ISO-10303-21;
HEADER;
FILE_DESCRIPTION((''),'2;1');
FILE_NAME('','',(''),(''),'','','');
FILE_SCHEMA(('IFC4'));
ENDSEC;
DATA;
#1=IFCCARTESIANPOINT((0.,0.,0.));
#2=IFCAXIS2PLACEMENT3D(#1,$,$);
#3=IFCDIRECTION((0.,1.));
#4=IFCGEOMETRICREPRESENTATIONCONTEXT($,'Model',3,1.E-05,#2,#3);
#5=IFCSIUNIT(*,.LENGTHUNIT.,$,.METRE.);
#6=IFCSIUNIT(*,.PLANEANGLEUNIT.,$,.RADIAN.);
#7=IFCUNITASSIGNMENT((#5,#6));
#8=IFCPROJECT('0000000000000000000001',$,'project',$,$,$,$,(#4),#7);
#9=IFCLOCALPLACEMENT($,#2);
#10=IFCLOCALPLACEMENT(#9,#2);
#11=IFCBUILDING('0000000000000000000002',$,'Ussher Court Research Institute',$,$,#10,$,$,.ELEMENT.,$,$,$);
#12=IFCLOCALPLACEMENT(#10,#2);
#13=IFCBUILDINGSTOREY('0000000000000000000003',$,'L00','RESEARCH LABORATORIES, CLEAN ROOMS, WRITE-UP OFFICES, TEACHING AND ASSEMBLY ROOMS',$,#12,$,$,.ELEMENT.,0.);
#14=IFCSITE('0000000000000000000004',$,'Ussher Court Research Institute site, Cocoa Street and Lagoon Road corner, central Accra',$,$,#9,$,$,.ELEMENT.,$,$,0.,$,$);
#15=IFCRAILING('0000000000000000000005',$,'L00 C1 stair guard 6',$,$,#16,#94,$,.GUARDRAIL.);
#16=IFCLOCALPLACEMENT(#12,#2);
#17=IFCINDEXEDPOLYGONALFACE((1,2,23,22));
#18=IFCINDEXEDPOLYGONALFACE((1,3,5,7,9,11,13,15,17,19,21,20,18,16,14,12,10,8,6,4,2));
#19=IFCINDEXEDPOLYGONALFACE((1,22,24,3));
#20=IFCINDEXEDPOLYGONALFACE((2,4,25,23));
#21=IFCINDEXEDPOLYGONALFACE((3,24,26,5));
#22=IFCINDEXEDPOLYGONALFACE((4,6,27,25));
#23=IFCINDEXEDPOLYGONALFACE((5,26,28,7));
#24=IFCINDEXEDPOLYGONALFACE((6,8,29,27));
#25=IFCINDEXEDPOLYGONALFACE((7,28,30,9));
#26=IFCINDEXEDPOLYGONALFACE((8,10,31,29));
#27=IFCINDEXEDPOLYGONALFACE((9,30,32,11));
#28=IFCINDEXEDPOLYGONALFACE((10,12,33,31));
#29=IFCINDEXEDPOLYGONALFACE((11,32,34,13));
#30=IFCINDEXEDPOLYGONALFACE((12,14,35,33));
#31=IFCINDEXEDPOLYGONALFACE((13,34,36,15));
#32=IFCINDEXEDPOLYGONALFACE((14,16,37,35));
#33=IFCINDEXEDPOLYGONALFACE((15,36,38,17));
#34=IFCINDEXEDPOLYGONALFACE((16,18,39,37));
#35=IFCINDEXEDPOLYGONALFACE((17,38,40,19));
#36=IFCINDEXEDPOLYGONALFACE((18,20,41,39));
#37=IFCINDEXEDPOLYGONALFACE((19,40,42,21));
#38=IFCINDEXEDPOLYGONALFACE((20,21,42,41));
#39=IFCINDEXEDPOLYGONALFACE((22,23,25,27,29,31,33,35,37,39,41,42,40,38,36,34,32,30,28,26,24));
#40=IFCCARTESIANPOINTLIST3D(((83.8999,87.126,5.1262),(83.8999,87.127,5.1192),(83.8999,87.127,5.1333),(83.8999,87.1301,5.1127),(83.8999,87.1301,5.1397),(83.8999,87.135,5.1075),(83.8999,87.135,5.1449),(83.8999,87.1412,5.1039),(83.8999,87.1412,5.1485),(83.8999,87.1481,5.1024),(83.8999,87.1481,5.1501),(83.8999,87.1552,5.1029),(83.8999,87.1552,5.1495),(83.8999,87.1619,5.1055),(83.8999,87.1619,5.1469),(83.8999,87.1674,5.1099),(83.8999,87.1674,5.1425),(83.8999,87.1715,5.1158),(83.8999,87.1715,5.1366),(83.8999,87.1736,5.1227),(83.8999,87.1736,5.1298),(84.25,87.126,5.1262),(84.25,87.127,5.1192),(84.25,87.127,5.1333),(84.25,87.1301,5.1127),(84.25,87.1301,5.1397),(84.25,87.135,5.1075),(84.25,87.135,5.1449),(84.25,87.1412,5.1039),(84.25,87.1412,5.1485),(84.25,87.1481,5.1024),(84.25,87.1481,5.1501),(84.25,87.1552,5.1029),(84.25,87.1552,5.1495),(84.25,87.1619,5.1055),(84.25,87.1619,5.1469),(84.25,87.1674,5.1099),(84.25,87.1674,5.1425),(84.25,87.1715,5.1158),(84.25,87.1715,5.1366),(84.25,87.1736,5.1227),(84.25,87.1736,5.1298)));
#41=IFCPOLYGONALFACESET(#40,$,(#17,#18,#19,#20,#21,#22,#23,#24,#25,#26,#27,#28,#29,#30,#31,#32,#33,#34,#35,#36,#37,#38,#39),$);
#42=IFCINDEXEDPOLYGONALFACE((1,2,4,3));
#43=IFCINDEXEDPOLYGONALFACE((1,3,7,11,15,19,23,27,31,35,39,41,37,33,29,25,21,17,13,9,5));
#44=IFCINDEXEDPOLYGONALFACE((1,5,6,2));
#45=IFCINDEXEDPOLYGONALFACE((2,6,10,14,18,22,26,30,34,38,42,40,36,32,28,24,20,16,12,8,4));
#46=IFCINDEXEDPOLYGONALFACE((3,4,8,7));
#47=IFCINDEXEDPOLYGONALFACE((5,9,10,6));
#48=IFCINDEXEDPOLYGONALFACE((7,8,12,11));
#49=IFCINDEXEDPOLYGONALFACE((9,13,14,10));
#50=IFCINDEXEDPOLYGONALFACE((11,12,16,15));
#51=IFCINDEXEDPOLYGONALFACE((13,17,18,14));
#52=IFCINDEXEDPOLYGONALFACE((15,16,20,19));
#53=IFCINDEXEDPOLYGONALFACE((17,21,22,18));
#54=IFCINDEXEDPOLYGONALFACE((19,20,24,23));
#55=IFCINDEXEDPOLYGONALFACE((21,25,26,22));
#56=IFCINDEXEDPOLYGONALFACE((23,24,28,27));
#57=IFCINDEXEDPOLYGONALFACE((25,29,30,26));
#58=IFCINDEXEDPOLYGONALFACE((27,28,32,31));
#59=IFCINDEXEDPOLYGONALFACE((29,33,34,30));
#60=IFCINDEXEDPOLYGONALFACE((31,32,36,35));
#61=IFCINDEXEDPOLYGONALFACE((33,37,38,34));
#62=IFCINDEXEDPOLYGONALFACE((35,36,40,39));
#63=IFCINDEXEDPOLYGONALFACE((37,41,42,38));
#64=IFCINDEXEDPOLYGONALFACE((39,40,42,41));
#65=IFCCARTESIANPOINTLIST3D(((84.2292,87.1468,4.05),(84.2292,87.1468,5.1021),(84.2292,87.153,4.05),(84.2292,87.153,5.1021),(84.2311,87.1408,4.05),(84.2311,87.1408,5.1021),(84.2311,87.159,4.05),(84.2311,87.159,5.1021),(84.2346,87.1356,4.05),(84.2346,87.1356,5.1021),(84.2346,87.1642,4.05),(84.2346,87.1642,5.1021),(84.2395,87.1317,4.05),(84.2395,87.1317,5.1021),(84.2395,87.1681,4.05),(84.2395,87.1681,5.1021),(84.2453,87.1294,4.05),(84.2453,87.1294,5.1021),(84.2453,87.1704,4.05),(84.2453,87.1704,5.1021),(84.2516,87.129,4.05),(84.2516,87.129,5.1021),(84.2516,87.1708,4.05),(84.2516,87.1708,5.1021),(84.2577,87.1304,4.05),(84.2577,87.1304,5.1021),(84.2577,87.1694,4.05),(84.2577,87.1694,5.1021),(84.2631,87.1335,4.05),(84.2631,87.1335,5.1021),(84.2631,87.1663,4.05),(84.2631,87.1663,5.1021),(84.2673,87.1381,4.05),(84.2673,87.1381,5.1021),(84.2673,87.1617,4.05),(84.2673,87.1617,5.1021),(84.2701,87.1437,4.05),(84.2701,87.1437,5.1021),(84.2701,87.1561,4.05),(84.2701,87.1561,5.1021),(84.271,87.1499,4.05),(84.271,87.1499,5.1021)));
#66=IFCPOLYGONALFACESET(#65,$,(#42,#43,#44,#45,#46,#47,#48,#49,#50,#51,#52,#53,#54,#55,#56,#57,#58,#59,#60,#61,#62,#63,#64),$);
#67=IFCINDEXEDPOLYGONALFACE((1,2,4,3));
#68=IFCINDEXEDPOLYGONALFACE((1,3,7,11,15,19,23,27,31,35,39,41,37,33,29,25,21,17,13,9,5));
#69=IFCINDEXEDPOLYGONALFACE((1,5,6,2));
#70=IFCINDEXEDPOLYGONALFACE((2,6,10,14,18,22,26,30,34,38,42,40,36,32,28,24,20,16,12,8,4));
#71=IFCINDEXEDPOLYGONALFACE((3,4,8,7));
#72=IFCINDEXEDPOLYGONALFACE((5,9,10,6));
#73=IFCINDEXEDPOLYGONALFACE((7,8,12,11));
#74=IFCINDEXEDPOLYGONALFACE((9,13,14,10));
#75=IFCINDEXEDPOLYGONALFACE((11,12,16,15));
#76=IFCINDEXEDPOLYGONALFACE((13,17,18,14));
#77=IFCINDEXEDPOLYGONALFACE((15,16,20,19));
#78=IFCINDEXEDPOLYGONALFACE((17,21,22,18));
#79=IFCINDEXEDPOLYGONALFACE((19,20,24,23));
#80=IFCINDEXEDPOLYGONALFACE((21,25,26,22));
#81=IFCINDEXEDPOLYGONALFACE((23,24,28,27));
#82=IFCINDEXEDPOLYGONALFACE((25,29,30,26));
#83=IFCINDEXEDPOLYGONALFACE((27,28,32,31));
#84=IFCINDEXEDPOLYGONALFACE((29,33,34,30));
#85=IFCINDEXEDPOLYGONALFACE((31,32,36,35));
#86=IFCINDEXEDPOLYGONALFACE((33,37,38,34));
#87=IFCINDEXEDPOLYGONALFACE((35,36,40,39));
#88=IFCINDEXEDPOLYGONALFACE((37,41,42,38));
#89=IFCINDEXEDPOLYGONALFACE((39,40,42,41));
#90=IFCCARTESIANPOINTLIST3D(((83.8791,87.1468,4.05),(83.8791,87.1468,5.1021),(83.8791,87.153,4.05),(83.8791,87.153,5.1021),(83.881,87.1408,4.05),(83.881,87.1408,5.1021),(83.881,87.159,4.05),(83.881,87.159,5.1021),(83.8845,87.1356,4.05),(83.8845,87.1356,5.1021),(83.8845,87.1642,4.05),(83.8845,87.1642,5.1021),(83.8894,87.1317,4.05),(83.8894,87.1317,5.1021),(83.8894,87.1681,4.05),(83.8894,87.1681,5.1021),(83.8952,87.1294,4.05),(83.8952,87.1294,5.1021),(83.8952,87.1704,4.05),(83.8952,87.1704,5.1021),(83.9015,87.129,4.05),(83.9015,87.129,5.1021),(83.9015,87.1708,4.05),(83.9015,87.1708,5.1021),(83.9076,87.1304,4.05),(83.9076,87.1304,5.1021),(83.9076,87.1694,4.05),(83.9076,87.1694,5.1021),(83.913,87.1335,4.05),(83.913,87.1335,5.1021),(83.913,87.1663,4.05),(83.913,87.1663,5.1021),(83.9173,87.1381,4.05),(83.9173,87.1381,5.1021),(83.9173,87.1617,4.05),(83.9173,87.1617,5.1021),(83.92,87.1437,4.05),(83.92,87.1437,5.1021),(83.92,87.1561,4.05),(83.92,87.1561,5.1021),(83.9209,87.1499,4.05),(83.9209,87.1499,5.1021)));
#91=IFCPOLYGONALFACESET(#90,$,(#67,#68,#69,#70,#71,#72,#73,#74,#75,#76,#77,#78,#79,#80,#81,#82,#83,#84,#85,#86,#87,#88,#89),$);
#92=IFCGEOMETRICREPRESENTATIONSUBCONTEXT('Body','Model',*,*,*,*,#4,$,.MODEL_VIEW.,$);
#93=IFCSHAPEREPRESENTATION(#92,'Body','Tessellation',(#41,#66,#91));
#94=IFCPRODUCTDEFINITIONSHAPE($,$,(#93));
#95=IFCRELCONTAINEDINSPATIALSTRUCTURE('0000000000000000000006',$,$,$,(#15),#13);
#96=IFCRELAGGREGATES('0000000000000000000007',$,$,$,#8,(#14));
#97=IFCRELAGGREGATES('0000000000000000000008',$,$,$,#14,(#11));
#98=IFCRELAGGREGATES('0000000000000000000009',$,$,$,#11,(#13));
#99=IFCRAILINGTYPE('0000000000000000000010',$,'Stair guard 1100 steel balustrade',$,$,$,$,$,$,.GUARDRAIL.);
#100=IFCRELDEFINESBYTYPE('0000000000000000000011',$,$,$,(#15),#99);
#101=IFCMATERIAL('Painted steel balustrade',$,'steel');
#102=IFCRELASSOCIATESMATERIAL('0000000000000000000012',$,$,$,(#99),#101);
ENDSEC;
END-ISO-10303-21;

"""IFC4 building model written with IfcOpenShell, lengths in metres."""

from ifc_helpers import new_model, si_unit, direction, frame, origin, origin_2d, place, context, subcontext, project, spatial, circle, extrude, material, type_object, element, save


model = new_model("IFC4")

# Units and contexts
model_context = context("Model", 3, precision=1e-05, world=origin(), true_north=direction((0.0, 1.0)))
body_context = subcontext(model_context, "Body", "Model", "MODEL_VIEW")
ifc_project = project(units=[si_unit("LENGTHUNIT", "METRE"), si_unit("PLANEANGLEUNIT", "RADIAN")], contexts=[model_context])

# Site, building, storey
site_placement = place(None, origin())
site = spatial("IfcSite", under=ifc_project, at=site_placement, Name="Ussher Court Research Institute site, Cocoa Street and Lagoon Road corner, central Accra", CompositionType="ELEMENT", RefElevation=0.0)
building_placement = place(site_placement, origin())
building = spatial("IfcBuilding", under=site, at=building_placement, Name="Ussher Court Research Institute", CompositionType="ELEMENT")
storey_placement = place(building_placement, origin())
storey = spatial("IfcBuildingStorey", under=building, at=storey_placement, Name="L00", Description="RESEARCH LABORATORIES, CLEAN ROOMS, WRITE-UP OFFICES, TEACHING AND ASSEMBLY ROOMS", CompositionType="ELEMENT", Elevation=0.0)

# Railing
ifc_material_1 = material(Name="Painted steel balustrade", Category="steel")
railing_type_1 = type_object("IfcRailingType", Name="Stair guard 1100 steel balustrade", PredefinedType="GUARDRAIL", material=ifc_material_1)
railing_1_placement = place(storey_placement, frame((84.25, 87.1499, 4.05)))
element("IfcRailing", 1, at=railing_1_placement, inside=storey, type_object=railing_type_1, Name="L00 C1 stair guard 6", PredefinedType="GUARDRAIL", context=body_context, shape_type="SweptSolid", body=[
    extrude(circle(Radius=0.0239, at=origin_2d()), frame((0.0, 0.0, 1.0762), z_axis=(-1.0, 0.0, 0.0), x_axis=(0.0, -1.0, 0.0)), (0.0, 0.0, 1.0), 0.3501),
    extrude(circle(Radius=0.021, at=origin_2d()), origin(), (0.0, 0.0, 1.0), 1.052),
    extrude(circle(Radius=0.021, at=origin_2d()), frame((-0.3501, 0.0, 0.0)), (0.0, 0.0, 1.0), 1.052),
])

save(model, "model.ifc")
